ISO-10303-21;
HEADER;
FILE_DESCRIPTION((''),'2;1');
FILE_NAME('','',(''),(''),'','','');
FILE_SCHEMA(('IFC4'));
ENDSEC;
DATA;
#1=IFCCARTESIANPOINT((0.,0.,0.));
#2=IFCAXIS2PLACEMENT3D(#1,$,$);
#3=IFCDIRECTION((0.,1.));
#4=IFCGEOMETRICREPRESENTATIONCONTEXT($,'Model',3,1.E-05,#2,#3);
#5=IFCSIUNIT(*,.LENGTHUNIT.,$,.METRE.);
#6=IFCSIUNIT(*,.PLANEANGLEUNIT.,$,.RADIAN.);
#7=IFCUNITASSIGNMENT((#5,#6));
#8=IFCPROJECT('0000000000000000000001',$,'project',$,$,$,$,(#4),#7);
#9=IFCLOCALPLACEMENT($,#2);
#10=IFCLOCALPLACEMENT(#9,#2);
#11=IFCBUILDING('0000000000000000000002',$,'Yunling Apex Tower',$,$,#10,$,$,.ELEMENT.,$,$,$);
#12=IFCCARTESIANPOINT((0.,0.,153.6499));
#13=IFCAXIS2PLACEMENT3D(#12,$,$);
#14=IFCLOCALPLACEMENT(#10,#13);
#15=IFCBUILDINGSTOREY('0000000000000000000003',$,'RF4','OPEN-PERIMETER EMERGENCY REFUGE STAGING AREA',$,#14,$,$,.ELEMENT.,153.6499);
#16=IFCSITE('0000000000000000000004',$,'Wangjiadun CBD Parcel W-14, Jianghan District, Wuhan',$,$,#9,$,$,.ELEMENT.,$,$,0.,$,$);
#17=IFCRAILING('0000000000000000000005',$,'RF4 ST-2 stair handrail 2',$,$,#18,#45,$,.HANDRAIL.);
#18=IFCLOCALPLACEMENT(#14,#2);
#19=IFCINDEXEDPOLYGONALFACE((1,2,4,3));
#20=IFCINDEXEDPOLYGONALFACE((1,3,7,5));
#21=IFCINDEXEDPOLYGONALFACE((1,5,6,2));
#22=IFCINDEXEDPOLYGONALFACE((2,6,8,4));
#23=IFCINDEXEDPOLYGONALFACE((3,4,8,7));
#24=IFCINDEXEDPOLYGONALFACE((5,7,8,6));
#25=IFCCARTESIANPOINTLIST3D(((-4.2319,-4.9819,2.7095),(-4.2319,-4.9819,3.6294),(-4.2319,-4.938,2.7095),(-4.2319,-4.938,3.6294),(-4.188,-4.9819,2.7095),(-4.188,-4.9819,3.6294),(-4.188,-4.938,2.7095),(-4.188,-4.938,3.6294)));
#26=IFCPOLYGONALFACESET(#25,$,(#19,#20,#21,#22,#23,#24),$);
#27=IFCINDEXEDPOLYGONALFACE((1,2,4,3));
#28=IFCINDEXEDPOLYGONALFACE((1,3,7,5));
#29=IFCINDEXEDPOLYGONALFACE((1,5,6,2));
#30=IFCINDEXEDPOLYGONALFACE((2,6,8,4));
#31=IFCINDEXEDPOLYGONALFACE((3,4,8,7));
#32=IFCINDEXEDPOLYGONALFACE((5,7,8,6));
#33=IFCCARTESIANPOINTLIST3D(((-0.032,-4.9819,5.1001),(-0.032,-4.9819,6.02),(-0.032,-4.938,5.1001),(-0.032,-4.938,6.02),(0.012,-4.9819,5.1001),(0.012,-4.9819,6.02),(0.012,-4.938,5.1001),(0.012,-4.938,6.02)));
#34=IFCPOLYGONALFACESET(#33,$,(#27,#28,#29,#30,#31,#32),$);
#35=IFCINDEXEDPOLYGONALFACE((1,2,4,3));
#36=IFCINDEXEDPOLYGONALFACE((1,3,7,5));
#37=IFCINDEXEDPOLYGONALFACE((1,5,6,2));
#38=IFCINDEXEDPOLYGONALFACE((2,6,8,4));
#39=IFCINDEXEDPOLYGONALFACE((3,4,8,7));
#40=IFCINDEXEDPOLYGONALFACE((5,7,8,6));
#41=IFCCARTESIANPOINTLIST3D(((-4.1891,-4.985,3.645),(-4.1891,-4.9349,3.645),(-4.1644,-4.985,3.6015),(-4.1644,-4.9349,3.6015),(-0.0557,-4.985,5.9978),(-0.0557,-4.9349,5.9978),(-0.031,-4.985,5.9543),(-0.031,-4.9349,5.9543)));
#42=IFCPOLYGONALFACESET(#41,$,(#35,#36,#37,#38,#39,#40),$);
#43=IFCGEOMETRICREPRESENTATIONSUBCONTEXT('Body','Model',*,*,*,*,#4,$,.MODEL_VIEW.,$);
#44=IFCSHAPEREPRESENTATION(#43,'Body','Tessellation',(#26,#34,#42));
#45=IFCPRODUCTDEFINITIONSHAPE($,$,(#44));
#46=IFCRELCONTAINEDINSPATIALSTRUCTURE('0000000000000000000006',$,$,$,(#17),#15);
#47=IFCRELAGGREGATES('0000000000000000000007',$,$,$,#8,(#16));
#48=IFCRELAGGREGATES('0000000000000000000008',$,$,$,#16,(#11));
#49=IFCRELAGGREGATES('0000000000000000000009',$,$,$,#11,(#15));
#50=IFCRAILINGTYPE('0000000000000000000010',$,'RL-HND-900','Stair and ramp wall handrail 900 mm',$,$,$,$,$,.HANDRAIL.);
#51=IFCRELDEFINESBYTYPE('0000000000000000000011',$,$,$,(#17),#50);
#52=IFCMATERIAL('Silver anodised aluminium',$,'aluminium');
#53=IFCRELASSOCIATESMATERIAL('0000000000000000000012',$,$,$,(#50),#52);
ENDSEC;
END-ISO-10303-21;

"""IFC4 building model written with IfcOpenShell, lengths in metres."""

from ifc_helpers import new_model, si_unit, direction, frame, origin, origin_2d, place, context, subcontext, project, spatial, rectangle, extrude, material, type_object, element, save


model = new_model("IFC4")

# Units and contexts
model_context = context("Model", 3, precision=1e-05, world=origin(), true_north=direction((0.0, 1.0)))
body_context = subcontext(model_context, "Body", "Model", "MODEL_VIEW")
ifc_project = project(units=[si_unit("LENGTHUNIT", "METRE"), si_unit("PLANEANGLEUNIT", "RADIAN")], contexts=[model_context])

# Site, building, storey
site_placement = place(None, origin())
site = spatial("IfcSite", under=ifc_project, at=site_placement, Name="Wangjiadun CBD Parcel W-14, Jianghan District, Wuhan", CompositionType="ELEMENT", RefElevation=0.0)
building_placement = place(site_placement, origin())
building = spatial("IfcBuilding", under=site, at=building_placement, Name="Yunling Apex Tower", CompositionType="ELEMENT")
storey_placement = place(building_placement, frame((0.0, 0.0, 153.6499)))
storey = spatial("IfcBuildingStorey", under=building, at=storey_placement, Name="RF4", Description="OPEN-PERIMETER EMERGENCY REFUGE STAGING AREA", CompositionType="ELEMENT", Elevation=153.6499)

# Railing
ifc_material_1 = material(Name="Silver anodised aluminium", Category="aluminium")
railing_type_1 = type_object("IfcRailingType", Name="RL-HND-900", Description="Stair and ramp wall handrail 900 mm", PredefinedType="HANDRAIL", material=ifc_material_1)
railing_1_placement = place(storey_placement, frame((-4.21, -4.96, 2.7095)))
element("IfcRailing", 1, at=railing_1_placement, inside=storey, type_object=railing_type_1, Name="RF4 ST-2 stair handrail 2", PredefinedType="HANDRAIL", context=body_context, shape_type="SweptSolid", body=[
    extrude(rectangle(XDim=0.0439, YDim=0.0439, at=origin_2d()), origin(), (0.0, 0.0, 1.0), 0.9199),
    extrude(rectangle(XDim=0.0439, YDim=0.0439, at=origin_2d()), frame((4.2, 0.0, 2.3906)), (0.0, 0.0, 1.0), 0.9199),
    extrude(rectangle(XDim=0.05, YDim=0.05, at=origin_2d()), frame((0.0332, 0.0, 0.9138), z_axis=(0.869075, 0.0, 0.49468), x_axis=(0.0, 1.0, 0.0)), (0.0, 0.0, 1.0), 4.7561),
])

save(model, "model.ifc")
